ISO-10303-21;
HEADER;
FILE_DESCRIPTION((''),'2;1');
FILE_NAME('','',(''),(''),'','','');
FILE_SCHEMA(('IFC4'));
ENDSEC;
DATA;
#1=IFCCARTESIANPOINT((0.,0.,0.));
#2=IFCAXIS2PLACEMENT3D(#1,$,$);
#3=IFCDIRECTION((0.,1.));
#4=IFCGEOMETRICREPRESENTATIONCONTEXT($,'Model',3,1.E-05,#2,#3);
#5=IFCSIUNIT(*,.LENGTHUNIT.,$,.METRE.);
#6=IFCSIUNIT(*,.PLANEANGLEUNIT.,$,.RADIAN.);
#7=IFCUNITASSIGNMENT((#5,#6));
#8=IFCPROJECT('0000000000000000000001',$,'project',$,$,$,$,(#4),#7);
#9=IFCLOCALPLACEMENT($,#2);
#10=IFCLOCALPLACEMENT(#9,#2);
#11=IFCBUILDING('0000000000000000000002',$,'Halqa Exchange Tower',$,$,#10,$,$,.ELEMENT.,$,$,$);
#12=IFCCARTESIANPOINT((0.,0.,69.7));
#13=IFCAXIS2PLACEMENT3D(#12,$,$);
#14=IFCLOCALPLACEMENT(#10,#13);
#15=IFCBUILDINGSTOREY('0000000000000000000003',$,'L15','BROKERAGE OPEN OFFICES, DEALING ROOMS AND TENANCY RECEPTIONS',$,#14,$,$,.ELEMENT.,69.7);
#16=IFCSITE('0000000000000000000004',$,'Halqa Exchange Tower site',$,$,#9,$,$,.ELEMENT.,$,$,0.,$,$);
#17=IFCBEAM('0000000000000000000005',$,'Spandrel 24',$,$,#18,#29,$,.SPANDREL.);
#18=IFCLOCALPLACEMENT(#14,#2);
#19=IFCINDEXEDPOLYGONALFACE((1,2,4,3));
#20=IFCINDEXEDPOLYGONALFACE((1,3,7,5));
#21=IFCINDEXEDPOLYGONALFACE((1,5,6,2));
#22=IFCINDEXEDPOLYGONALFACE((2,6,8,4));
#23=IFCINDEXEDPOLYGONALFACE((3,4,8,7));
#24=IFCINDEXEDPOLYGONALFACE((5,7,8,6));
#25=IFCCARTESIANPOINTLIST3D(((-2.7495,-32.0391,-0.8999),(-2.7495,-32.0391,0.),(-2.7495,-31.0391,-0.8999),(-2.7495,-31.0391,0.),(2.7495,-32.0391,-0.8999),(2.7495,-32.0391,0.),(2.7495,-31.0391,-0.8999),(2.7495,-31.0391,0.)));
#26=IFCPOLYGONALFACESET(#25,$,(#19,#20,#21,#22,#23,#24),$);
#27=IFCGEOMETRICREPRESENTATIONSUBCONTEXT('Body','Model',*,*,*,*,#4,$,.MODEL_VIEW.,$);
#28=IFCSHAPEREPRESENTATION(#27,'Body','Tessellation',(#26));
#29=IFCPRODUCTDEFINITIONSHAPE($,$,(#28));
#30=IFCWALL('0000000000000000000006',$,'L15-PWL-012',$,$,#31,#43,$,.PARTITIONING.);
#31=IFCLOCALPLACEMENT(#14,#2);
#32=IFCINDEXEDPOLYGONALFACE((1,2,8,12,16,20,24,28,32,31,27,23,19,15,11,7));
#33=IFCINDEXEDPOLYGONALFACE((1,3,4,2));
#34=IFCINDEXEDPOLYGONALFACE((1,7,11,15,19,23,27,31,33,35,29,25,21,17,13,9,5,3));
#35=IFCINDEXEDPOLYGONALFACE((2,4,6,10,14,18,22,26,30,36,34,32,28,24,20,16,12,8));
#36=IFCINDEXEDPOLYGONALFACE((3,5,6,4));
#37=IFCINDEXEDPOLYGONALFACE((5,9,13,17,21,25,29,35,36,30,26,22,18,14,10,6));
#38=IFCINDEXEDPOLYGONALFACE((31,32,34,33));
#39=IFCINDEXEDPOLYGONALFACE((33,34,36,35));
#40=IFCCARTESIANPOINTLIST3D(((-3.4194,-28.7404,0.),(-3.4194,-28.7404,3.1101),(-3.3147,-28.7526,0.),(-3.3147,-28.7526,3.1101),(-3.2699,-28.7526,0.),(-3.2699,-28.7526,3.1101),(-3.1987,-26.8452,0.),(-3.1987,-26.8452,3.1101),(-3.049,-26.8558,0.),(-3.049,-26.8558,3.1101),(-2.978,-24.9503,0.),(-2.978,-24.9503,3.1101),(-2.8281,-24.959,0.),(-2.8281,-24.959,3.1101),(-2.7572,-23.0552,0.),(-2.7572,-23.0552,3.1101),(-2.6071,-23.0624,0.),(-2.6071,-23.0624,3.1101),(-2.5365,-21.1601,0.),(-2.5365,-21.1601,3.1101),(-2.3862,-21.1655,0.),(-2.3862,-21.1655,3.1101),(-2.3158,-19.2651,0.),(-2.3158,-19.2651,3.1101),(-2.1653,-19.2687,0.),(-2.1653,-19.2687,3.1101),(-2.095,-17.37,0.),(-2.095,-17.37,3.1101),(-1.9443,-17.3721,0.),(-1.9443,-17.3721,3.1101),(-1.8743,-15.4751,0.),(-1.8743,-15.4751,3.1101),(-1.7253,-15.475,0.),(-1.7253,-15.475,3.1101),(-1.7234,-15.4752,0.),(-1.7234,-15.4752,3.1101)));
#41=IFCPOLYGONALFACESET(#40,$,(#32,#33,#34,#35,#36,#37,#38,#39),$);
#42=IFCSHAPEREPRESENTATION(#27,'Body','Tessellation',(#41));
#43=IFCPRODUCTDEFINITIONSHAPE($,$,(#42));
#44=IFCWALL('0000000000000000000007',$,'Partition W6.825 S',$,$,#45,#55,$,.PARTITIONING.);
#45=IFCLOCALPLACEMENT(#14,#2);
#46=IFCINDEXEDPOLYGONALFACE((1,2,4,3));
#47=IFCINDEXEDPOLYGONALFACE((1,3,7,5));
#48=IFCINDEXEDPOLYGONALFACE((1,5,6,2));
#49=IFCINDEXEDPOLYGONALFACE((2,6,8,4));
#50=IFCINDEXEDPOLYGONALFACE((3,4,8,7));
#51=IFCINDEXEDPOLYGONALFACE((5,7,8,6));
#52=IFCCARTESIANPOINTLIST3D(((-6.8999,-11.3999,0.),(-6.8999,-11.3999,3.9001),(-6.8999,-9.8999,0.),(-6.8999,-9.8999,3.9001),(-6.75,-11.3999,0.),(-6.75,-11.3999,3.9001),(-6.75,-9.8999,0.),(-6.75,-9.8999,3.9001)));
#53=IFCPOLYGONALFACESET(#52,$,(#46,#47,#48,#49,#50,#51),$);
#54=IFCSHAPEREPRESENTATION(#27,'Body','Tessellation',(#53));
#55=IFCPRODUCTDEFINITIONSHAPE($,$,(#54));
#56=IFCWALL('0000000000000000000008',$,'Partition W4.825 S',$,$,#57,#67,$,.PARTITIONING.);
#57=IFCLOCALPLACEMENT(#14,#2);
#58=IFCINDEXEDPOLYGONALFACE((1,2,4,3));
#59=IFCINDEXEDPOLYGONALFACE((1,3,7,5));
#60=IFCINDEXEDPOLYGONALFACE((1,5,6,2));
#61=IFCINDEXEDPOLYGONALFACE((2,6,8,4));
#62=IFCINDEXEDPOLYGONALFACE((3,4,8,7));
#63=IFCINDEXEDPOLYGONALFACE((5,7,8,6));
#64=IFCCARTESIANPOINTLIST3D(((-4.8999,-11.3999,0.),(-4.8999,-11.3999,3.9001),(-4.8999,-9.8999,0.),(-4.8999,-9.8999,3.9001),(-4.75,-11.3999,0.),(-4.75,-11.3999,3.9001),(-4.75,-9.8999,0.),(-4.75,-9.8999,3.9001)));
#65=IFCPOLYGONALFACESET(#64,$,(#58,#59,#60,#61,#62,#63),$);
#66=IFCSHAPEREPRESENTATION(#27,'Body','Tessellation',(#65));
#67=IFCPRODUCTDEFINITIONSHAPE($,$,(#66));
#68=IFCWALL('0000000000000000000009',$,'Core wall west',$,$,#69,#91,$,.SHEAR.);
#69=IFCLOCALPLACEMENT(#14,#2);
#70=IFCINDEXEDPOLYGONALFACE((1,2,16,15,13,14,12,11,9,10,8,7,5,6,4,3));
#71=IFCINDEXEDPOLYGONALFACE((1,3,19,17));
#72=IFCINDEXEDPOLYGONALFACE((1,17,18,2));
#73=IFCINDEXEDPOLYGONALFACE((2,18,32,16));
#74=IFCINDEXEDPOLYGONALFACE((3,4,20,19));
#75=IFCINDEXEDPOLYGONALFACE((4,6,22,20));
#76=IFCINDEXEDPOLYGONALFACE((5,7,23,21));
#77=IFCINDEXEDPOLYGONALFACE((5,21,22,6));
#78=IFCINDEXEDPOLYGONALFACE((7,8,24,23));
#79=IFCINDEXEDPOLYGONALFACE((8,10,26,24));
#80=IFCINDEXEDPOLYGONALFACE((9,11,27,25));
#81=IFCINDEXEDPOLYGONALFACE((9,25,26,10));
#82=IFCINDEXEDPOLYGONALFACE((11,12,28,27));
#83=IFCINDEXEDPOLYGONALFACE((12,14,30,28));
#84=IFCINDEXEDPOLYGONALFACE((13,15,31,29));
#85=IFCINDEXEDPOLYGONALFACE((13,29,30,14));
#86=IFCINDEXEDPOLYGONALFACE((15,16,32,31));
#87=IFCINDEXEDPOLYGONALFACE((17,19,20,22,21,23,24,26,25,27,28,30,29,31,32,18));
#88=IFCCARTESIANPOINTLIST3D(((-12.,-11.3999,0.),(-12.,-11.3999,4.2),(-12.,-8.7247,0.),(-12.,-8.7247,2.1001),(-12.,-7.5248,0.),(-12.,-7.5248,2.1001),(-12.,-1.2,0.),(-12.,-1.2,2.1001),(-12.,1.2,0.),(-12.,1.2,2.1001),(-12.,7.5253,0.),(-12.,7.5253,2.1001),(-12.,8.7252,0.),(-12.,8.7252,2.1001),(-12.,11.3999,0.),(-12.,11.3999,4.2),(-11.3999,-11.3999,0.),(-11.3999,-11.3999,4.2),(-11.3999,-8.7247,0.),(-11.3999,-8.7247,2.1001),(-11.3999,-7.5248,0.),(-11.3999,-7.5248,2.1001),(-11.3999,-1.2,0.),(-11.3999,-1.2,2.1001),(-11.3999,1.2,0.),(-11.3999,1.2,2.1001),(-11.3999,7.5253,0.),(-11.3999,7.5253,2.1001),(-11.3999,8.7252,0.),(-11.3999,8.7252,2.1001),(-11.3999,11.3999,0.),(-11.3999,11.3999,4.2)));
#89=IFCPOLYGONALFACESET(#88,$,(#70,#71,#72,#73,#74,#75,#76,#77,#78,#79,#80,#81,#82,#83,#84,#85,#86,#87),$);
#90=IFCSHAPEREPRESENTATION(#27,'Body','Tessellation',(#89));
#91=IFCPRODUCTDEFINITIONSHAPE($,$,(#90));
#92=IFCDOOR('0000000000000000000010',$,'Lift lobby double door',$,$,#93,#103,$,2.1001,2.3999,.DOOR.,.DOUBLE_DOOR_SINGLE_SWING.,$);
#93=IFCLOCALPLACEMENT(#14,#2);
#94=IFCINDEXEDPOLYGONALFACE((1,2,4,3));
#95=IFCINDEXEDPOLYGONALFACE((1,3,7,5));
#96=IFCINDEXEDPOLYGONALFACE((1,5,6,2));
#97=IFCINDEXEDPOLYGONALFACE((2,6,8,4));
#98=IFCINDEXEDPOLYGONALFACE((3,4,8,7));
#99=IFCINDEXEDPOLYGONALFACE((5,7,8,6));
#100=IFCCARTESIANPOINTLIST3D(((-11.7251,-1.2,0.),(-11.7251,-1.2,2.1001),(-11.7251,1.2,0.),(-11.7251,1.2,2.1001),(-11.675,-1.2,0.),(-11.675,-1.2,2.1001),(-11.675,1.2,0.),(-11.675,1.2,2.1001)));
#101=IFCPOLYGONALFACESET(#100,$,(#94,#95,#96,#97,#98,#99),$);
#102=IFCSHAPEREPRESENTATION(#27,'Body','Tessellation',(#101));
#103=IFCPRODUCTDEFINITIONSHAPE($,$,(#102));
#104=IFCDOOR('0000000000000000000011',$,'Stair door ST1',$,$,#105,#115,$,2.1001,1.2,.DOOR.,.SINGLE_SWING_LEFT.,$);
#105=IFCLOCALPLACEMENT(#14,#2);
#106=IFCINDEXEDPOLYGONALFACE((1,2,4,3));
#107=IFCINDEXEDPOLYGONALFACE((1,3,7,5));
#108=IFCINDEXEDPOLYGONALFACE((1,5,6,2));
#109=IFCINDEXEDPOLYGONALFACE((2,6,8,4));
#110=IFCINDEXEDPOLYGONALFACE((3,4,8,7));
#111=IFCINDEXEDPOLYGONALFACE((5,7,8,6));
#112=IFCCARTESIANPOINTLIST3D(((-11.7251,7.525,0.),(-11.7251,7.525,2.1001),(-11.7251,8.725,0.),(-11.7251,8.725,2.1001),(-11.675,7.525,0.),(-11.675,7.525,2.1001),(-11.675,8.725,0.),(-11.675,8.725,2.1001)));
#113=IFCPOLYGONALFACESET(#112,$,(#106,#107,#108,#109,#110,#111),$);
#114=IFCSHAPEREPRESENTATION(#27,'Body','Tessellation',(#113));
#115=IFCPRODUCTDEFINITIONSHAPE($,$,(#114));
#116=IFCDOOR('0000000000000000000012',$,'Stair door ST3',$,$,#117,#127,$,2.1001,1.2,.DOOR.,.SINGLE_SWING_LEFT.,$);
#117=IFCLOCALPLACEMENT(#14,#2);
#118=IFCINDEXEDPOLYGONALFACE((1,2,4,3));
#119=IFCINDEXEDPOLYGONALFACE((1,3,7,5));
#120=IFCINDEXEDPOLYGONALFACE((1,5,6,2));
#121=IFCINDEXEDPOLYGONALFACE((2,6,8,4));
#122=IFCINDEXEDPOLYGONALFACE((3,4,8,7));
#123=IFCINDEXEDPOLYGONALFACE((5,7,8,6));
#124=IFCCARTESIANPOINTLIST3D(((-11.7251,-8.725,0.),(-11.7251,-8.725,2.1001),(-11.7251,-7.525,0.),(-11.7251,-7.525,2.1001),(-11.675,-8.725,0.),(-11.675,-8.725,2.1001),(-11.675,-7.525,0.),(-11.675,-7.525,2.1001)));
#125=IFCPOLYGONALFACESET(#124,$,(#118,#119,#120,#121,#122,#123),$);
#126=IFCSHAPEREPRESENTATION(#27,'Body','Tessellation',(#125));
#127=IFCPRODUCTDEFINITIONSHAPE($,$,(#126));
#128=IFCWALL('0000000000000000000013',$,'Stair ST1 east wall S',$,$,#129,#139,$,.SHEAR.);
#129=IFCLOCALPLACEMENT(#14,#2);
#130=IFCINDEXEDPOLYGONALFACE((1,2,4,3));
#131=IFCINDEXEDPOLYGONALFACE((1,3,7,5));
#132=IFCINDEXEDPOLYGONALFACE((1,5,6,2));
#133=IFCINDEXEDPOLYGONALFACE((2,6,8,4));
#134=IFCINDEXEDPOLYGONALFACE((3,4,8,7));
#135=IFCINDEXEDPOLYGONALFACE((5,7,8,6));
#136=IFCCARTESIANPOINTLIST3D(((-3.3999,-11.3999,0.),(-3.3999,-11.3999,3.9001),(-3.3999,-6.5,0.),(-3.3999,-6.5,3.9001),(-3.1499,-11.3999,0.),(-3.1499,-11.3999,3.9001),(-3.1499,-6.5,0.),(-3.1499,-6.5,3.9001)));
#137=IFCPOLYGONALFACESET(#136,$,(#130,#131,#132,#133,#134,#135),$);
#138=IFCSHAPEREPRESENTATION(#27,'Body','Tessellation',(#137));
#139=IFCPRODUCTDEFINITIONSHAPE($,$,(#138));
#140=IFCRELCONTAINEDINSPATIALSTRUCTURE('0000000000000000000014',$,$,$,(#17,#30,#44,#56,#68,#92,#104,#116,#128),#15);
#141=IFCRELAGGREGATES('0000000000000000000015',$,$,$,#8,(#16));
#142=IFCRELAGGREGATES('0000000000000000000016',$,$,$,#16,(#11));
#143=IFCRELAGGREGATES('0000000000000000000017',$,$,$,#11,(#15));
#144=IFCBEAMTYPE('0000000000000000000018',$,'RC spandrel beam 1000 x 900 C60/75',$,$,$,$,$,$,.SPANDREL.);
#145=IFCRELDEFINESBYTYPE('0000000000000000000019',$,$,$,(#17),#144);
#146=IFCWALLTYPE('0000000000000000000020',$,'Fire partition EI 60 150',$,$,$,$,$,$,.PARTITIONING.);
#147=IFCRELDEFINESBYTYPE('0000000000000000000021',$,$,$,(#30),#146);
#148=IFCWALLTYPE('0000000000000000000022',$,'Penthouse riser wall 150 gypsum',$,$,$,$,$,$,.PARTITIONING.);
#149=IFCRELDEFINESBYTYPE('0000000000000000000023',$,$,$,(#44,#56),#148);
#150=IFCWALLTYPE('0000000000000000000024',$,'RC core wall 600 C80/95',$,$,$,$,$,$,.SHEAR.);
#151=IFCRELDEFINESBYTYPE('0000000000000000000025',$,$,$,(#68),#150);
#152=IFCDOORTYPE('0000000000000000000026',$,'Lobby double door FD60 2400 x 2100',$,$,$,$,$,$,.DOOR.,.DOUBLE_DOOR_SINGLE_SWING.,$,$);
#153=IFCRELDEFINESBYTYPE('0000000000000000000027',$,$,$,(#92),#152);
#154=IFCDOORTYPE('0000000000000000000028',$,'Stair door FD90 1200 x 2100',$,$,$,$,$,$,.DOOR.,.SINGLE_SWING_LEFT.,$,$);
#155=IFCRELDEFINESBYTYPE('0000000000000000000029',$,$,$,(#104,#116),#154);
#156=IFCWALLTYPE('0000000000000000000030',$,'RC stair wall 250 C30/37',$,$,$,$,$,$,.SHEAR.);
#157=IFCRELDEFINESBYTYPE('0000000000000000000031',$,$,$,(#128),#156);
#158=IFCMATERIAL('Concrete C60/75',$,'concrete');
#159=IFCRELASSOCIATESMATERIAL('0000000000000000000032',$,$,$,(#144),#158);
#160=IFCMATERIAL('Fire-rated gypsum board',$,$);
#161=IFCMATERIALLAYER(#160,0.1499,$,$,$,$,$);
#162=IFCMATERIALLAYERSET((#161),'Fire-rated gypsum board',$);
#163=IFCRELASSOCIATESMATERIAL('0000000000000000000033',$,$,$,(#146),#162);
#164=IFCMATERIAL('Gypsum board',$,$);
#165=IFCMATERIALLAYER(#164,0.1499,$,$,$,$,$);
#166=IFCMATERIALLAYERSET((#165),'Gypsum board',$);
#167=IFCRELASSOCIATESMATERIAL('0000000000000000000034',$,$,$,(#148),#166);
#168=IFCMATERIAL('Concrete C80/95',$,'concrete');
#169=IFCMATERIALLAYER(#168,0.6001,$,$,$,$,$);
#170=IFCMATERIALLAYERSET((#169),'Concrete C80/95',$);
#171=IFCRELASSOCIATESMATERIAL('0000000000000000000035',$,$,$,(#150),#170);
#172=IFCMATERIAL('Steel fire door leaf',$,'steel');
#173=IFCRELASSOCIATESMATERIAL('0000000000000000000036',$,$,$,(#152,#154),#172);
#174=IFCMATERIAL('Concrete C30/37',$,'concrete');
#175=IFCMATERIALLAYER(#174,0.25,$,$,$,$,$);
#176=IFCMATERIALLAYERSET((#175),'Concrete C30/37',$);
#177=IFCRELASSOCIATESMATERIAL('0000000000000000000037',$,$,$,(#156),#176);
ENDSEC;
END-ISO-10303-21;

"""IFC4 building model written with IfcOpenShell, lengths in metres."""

from ifc_helpers import new_model, si_unit, direction, frame, frame_2d, origin, origin_2d, place, context, subcontext, project, spatial, polyline, rectangle, outline, extrude, material, layer, layer_set, material_profile, profile_set, type_object, element, fill, save


model = new_model("IFC4")

# Units and contexts
model_context = context("Model", 3, precision=1e-05, world=origin(), true_north=direction((0.0, 1.0)))
body_context = subcontext(model_context, "Body", "Model", "MODEL_VIEW")
ifc_project = project(units=[si_unit("LENGTHUNIT", "METRE"), si_unit("PLANEANGLEUNIT", "RADIAN")], contexts=[model_context])

# Site, building, storey
site_placement = place(None, origin())
site = spatial("IfcSite", under=ifc_project, at=site_placement, Name="Halqa Exchange Tower site", CompositionType="ELEMENT", RefElevation=0.0)
building_placement = place(site_placement, origin())
building = spatial("IfcBuilding", under=site, at=building_placement, Name="Halqa Exchange Tower", CompositionType="ELEMENT")
storey_placement = place(building_placement, frame((0.0, 0.0, 69.7)))
storey = spatial("IfcBuildingStorey", under=building, at=storey_placement, Name="L15", Description="BROKERAGE OPEN OFFICES, DEALING ROOMS AND TENANCY RECEPTIONS", CompositionType="ELEMENT", Elevation=69.7)

# Shared definitions
ifc_material_1 = material(Name="Concrete C80/95", Category="concrete")

# Beam
ifc_material_2 = material(Name="Concrete C60/75", Category="concrete")
ifc_material_profile_1 = material_profile(ifc_material_2, rectangle(XDim=1.0, YDim=0.8999, at=origin_2d()), Name="1000 x 900")
ifc_profile_set_1 = profile_set([ifc_material_profile_1], Name="Concrete C60/75")
beam_type_1 = type_object("IfcBeamType", Name="RC spandrel beam 1000 x 900 C60/75", PredefinedType="SPANDREL", material=ifc_profile_set_1)
beam_1_placement = place(storey_placement, frame((-2.7495, -31.5391, -0.45), z_axis=(1.0, 0.0, 0.0), x_axis=(0.0, 1.0, 0.0)))
element("IfcBeam", 1, at=beam_1_placement, inside=storey, type_object=beam_type_1, Name="Spandrel 24", PredefinedType="SPANDREL", context=body_context, shape_type="SweptSolid", body=[
    extrude(rectangle(XDim=1.0, YDim=0.8999, at=origin_2d()), origin(), (0.0, 0.0, 1.0), 5.499),
])

# Walls
ifc_material_3 = material(Name="Fire-rated gypsum board")
ifc_layer_1 = layer(ifc_material_3, 0.1499)
ifc_layer_set_1 = layer_set([ifc_layer_1], Name="Fire-rated gypsum board")
wall_type_1 = type_object("IfcWallType", Name="Fire partition EI 60 150", PredefinedType="PARTITIONING", material=ifc_layer_set_1)
wall_1_placement = place(storey_placement, frame((-1.7979, -15.4666, 0.0), z_axis=(0.0, 0.0, 1.0), x_axis=(-0.115696, -0.993285, 0.0)))
element("IfcWall", 2, at=wall_1_placement, inside=storey, type_object=wall_type_1, Name="L15-PWL-012", PredefinedType="PARTITIONING", context=body_context, shape_type="SweptSolid", body=[
    extrude(outline(polyline([(13.3723, -0.075), (13.3723, 0.0305), (13.3672, 0.075), (11.4575, 0.075), (9.5479, 0.075), (7.6384, 0.075), (5.7288, 0.075), (3.8191, 0.075), (1.9097, 0.075), (0.0, 0.075), (0.0, 0.073), (0.0173, -0.075), (1.925, -0.075), (3.833, -0.075), (5.7407, -0.075), (7.6487, -0.075), (9.5566, -0.075), (11.4644, -0.075), (13.3723, -0.075)])), origin(), (0.0, 0.0, 1.0), 3.1101),
])
ifc_material_4 = material(Name="Gypsum board")
ifc_layer_2 = layer(ifc_material_4, 0.1499)
ifc_layer_set_2 = layer_set([ifc_layer_2], Name="Gypsum board")
wall_type_2 = type_object("IfcWallType", Name="Penthouse riser wall 150 gypsum", PredefinedType="PARTITIONING", material=ifc_layer_set_2)
for number, where, z_axis, x_axis, name in (
    (3, (-6.825, -11.3999, 0.0), (0.0, 0.0, 1.0), (0.0, 1.0, 0.0), "Partition W6.825 S"),
    (4, (-4.825, -11.3999, 0.0), (0.0, 0.0, 1.0), (0.0, 1.0, 0.0), "Partition W4.825 S"),
):
    element("IfcWall", number, at=place(storey_placement, frame(where, z_axis=z_axis, x_axis=x_axis)), inside=storey, type_object=wall_type_2, Name=name, PredefinedType="PARTITIONING", context=body_context, shape_type="SweptSolid", body=[
        extrude(rectangle(XDim=1.5, YDim=0.1499, at=frame_2d((0.75, 0.0))), origin(), (0.0, 0.0, 1.0), 3.9001),
    ])

# Wall, openings, doors
ifc_layer_3 = layer(ifc_material_1, 0.6001)
ifc_layer_set_3 = layer_set([ifc_layer_3], Name="Concrete C80/95")
wall_type_3 = type_object("IfcWallType", Name="RC core wall 600 C80/95", PredefinedType="SHEAR", material=ifc_layer_set_3)
wall_2_placement = place(storey_placement, frame((-11.7, -11.3999, 0.0), z_axis=(0.0, 0.0, 1.0), x_axis=(0.0, 1.0, 0.0)))
wall_2 = element("IfcWall", 5, at=wall_2_placement, inside=storey, type_object=wall_type_3, Name="Core wall west", PredefinedType="SHEAR", context=body_context, shape_type="SweptSolid", body=[
    extrude(rectangle(XDim=22.7998, YDim=0.6001, at=frame_2d((11.3999, 0.0))), origin(), (0.0, 0.0, 1.0), 4.2),
])
opening_1_placement = place(wall_2_placement, frame((10.2, 0.0, 0.0)))
opening_1 = element("IfcOpeningElement", 6, at=opening_1_placement, cuts=wall_2, PredefinedType="OPENING", context=body_context, shape_type="SweptSolid", body=[
    extrude(rectangle(XDim=2.3999, YDim=2.1001, at=frame_2d((1.2, 1.05))), frame((0.0, 0.312, 0.0), z_axis=(0.0, -1.0, 0.0), x_axis=(1.0, 0.0, 0.0)), (0.0, 0.0, 1.0), 0.624),
])
opening_2_placement = place(wall_2_placement, frame((18.925, 0.0, 0.0)))
opening_2 = element("IfcOpeningElement", 7, at=opening_2_placement, cuts=wall_2, PredefinedType="OPENING", context=body_context, shape_type="SweptSolid", body=[
    extrude(rectangle(XDim=1.2, YDim=2.1001, at=frame_2d((0.6001, 1.05))), frame((0.0, 0.312, 0.0), z_axis=(0.0, -1.0, 0.0), x_axis=(1.0, 0.0, 0.0)), (0.0, 0.0, 1.0), 0.624),
])
opening_3_placement = place(wall_2_placement, frame((2.675, 0.0, 0.0)))
opening_3 = element("IfcOpeningElement", 8, at=opening_3_placement, cuts=wall_2, PredefinedType="OPENING", context=body_context, shape_type="SweptSolid", body=[
    extrude(rectangle(XDim=1.2, YDim=2.1001, at=frame_2d((0.6001, 1.05))), frame((0.0, 0.312, 0.0), z_axis=(0.0, -1.0, 0.0), x_axis=(1.0, 0.0, 0.0)), (0.0, 0.0, 1.0), 0.624),
])
ifc_material_5 = material(Name="Steel fire door leaf", Category="steel")
door_type_1 = type_object("IfcDoorType", Name="Lobby double door FD60 2400 x 2100", OperationType="DOUBLE_DOOR_SINGLE_SWING", PredefinedType="DOOR", material=ifc_material_5)
door_1_placement = place(opening_1_placement, frame((2.3999, 0.0, 0.0), z_axis=(0.0, 0.0, 1.0), x_axis=(-1.0, 0.0, 0.0)))
door_1 = element("IfcDoor", 9, at=door_1_placement, inside=storey, type_object=door_type_1, Name="Lift lobby double door", OperationType="DOUBLE_DOOR_SINGLE_SWING", OverallHeight=2.1001, OverallWidth=2.3999, PredefinedType="DOOR", context=body_context, shape_type="SweptSolid", body=[
    extrude(rectangle(XDim=2.3999, YDim=2.1001, at=frame_2d((1.2, 1.05))), frame((0.0, 0.0249, 0.0), z_axis=(0.0, -1.0, 0.0), x_axis=(1.0, 0.0, 0.0)), (0.0, 0.0, 1.0), 0.05),
])
fill(opening_1, door_1)
door_type_2 = type_object("IfcDoorType", Name="Stair door FD90 1200 x 2100", OperationType="SINGLE_SWING_LEFT", PredefinedType="DOOR", material=ifc_material_5)
door_2_placement = place(opening_2_placement, frame((1.2, 0.0, 0.0), z_axis=(0.0, 0.0, 1.0), x_axis=(-1.0, 0.0, 0.0)))
door_2 = element("IfcDoor", 10, at=door_2_placement, inside=storey, type_object=door_type_2, Name="Stair door ST1", OperationType="SINGLE_SWING_LEFT", OverallHeight=2.1001, OverallWidth=1.2, PredefinedType="DOOR", context=body_context, shape_type="SweptSolid", body=[
    extrude(rectangle(XDim=1.2, YDim=2.1001, at=frame_2d((0.6001, 1.05))), frame((0.0, 0.0249, 0.0), z_axis=(0.0, -1.0, 0.0), x_axis=(1.0, 0.0, 0.0)), (0.0, 0.0, 1.0), 0.05),
])
fill(opening_2, door_2)
door_3_placement = place(opening_3_placement, frame((1.2, 0.0, 0.0), z_axis=(0.0, 0.0, 1.0), x_axis=(-1.0, 0.0, 0.0)))
door_3 = element("IfcDoor", 11, at=door_3_placement, inside=storey, type_object=door_type_2, Name="Stair door ST3", OperationType="SINGLE_SWING_LEFT", OverallHeight=2.1001, OverallWidth=1.2, PredefinedType="DOOR", context=body_context, shape_type="SweptSolid", body=[
    extrude(rectangle(XDim=1.2, YDim=2.1001, at=frame_2d((0.6001, 1.05))), frame((0.0, 0.0249, 0.0), z_axis=(0.0, -1.0, 0.0), x_axis=(1.0, 0.0, 0.0)), (0.0, 0.0, 1.0), 0.05),
])
fill(opening_3, door_3)

# Wall
ifc_material_6 = material(Name="Concrete C30/37", Category="concrete")
ifc_layer_4 = layer(ifc_material_6, 0.25)
ifc_layer_set_4 = layer_set([ifc_layer_4], Name="Concrete C30/37")
wall_type_4 = type_object("IfcWallType", Name="RC stair wall 250 C30/37", PredefinedType="SHEAR", material=ifc_layer_set_4)
wall_3_placement = place(storey_placement, frame((-3.2749, -11.3999, 0.0), z_axis=(0.0, 0.0, 1.0), x_axis=(0.0, 1.0, 0.0)))
element("IfcWall", 12, at=wall_3_placement, inside=storey, type_object=wall_type_4, Name="Stair ST1 east wall S", PredefinedType="SHEAR", context=body_context, shape_type="SweptSolid", body=[
    extrude(rectangle(XDim=4.8999, YDim=0.25, at=frame_2d((2.45, 0.0))), origin(), (0.0, 0.0, 1.0), 3.9001),
])

save(model, "model.ifc")
